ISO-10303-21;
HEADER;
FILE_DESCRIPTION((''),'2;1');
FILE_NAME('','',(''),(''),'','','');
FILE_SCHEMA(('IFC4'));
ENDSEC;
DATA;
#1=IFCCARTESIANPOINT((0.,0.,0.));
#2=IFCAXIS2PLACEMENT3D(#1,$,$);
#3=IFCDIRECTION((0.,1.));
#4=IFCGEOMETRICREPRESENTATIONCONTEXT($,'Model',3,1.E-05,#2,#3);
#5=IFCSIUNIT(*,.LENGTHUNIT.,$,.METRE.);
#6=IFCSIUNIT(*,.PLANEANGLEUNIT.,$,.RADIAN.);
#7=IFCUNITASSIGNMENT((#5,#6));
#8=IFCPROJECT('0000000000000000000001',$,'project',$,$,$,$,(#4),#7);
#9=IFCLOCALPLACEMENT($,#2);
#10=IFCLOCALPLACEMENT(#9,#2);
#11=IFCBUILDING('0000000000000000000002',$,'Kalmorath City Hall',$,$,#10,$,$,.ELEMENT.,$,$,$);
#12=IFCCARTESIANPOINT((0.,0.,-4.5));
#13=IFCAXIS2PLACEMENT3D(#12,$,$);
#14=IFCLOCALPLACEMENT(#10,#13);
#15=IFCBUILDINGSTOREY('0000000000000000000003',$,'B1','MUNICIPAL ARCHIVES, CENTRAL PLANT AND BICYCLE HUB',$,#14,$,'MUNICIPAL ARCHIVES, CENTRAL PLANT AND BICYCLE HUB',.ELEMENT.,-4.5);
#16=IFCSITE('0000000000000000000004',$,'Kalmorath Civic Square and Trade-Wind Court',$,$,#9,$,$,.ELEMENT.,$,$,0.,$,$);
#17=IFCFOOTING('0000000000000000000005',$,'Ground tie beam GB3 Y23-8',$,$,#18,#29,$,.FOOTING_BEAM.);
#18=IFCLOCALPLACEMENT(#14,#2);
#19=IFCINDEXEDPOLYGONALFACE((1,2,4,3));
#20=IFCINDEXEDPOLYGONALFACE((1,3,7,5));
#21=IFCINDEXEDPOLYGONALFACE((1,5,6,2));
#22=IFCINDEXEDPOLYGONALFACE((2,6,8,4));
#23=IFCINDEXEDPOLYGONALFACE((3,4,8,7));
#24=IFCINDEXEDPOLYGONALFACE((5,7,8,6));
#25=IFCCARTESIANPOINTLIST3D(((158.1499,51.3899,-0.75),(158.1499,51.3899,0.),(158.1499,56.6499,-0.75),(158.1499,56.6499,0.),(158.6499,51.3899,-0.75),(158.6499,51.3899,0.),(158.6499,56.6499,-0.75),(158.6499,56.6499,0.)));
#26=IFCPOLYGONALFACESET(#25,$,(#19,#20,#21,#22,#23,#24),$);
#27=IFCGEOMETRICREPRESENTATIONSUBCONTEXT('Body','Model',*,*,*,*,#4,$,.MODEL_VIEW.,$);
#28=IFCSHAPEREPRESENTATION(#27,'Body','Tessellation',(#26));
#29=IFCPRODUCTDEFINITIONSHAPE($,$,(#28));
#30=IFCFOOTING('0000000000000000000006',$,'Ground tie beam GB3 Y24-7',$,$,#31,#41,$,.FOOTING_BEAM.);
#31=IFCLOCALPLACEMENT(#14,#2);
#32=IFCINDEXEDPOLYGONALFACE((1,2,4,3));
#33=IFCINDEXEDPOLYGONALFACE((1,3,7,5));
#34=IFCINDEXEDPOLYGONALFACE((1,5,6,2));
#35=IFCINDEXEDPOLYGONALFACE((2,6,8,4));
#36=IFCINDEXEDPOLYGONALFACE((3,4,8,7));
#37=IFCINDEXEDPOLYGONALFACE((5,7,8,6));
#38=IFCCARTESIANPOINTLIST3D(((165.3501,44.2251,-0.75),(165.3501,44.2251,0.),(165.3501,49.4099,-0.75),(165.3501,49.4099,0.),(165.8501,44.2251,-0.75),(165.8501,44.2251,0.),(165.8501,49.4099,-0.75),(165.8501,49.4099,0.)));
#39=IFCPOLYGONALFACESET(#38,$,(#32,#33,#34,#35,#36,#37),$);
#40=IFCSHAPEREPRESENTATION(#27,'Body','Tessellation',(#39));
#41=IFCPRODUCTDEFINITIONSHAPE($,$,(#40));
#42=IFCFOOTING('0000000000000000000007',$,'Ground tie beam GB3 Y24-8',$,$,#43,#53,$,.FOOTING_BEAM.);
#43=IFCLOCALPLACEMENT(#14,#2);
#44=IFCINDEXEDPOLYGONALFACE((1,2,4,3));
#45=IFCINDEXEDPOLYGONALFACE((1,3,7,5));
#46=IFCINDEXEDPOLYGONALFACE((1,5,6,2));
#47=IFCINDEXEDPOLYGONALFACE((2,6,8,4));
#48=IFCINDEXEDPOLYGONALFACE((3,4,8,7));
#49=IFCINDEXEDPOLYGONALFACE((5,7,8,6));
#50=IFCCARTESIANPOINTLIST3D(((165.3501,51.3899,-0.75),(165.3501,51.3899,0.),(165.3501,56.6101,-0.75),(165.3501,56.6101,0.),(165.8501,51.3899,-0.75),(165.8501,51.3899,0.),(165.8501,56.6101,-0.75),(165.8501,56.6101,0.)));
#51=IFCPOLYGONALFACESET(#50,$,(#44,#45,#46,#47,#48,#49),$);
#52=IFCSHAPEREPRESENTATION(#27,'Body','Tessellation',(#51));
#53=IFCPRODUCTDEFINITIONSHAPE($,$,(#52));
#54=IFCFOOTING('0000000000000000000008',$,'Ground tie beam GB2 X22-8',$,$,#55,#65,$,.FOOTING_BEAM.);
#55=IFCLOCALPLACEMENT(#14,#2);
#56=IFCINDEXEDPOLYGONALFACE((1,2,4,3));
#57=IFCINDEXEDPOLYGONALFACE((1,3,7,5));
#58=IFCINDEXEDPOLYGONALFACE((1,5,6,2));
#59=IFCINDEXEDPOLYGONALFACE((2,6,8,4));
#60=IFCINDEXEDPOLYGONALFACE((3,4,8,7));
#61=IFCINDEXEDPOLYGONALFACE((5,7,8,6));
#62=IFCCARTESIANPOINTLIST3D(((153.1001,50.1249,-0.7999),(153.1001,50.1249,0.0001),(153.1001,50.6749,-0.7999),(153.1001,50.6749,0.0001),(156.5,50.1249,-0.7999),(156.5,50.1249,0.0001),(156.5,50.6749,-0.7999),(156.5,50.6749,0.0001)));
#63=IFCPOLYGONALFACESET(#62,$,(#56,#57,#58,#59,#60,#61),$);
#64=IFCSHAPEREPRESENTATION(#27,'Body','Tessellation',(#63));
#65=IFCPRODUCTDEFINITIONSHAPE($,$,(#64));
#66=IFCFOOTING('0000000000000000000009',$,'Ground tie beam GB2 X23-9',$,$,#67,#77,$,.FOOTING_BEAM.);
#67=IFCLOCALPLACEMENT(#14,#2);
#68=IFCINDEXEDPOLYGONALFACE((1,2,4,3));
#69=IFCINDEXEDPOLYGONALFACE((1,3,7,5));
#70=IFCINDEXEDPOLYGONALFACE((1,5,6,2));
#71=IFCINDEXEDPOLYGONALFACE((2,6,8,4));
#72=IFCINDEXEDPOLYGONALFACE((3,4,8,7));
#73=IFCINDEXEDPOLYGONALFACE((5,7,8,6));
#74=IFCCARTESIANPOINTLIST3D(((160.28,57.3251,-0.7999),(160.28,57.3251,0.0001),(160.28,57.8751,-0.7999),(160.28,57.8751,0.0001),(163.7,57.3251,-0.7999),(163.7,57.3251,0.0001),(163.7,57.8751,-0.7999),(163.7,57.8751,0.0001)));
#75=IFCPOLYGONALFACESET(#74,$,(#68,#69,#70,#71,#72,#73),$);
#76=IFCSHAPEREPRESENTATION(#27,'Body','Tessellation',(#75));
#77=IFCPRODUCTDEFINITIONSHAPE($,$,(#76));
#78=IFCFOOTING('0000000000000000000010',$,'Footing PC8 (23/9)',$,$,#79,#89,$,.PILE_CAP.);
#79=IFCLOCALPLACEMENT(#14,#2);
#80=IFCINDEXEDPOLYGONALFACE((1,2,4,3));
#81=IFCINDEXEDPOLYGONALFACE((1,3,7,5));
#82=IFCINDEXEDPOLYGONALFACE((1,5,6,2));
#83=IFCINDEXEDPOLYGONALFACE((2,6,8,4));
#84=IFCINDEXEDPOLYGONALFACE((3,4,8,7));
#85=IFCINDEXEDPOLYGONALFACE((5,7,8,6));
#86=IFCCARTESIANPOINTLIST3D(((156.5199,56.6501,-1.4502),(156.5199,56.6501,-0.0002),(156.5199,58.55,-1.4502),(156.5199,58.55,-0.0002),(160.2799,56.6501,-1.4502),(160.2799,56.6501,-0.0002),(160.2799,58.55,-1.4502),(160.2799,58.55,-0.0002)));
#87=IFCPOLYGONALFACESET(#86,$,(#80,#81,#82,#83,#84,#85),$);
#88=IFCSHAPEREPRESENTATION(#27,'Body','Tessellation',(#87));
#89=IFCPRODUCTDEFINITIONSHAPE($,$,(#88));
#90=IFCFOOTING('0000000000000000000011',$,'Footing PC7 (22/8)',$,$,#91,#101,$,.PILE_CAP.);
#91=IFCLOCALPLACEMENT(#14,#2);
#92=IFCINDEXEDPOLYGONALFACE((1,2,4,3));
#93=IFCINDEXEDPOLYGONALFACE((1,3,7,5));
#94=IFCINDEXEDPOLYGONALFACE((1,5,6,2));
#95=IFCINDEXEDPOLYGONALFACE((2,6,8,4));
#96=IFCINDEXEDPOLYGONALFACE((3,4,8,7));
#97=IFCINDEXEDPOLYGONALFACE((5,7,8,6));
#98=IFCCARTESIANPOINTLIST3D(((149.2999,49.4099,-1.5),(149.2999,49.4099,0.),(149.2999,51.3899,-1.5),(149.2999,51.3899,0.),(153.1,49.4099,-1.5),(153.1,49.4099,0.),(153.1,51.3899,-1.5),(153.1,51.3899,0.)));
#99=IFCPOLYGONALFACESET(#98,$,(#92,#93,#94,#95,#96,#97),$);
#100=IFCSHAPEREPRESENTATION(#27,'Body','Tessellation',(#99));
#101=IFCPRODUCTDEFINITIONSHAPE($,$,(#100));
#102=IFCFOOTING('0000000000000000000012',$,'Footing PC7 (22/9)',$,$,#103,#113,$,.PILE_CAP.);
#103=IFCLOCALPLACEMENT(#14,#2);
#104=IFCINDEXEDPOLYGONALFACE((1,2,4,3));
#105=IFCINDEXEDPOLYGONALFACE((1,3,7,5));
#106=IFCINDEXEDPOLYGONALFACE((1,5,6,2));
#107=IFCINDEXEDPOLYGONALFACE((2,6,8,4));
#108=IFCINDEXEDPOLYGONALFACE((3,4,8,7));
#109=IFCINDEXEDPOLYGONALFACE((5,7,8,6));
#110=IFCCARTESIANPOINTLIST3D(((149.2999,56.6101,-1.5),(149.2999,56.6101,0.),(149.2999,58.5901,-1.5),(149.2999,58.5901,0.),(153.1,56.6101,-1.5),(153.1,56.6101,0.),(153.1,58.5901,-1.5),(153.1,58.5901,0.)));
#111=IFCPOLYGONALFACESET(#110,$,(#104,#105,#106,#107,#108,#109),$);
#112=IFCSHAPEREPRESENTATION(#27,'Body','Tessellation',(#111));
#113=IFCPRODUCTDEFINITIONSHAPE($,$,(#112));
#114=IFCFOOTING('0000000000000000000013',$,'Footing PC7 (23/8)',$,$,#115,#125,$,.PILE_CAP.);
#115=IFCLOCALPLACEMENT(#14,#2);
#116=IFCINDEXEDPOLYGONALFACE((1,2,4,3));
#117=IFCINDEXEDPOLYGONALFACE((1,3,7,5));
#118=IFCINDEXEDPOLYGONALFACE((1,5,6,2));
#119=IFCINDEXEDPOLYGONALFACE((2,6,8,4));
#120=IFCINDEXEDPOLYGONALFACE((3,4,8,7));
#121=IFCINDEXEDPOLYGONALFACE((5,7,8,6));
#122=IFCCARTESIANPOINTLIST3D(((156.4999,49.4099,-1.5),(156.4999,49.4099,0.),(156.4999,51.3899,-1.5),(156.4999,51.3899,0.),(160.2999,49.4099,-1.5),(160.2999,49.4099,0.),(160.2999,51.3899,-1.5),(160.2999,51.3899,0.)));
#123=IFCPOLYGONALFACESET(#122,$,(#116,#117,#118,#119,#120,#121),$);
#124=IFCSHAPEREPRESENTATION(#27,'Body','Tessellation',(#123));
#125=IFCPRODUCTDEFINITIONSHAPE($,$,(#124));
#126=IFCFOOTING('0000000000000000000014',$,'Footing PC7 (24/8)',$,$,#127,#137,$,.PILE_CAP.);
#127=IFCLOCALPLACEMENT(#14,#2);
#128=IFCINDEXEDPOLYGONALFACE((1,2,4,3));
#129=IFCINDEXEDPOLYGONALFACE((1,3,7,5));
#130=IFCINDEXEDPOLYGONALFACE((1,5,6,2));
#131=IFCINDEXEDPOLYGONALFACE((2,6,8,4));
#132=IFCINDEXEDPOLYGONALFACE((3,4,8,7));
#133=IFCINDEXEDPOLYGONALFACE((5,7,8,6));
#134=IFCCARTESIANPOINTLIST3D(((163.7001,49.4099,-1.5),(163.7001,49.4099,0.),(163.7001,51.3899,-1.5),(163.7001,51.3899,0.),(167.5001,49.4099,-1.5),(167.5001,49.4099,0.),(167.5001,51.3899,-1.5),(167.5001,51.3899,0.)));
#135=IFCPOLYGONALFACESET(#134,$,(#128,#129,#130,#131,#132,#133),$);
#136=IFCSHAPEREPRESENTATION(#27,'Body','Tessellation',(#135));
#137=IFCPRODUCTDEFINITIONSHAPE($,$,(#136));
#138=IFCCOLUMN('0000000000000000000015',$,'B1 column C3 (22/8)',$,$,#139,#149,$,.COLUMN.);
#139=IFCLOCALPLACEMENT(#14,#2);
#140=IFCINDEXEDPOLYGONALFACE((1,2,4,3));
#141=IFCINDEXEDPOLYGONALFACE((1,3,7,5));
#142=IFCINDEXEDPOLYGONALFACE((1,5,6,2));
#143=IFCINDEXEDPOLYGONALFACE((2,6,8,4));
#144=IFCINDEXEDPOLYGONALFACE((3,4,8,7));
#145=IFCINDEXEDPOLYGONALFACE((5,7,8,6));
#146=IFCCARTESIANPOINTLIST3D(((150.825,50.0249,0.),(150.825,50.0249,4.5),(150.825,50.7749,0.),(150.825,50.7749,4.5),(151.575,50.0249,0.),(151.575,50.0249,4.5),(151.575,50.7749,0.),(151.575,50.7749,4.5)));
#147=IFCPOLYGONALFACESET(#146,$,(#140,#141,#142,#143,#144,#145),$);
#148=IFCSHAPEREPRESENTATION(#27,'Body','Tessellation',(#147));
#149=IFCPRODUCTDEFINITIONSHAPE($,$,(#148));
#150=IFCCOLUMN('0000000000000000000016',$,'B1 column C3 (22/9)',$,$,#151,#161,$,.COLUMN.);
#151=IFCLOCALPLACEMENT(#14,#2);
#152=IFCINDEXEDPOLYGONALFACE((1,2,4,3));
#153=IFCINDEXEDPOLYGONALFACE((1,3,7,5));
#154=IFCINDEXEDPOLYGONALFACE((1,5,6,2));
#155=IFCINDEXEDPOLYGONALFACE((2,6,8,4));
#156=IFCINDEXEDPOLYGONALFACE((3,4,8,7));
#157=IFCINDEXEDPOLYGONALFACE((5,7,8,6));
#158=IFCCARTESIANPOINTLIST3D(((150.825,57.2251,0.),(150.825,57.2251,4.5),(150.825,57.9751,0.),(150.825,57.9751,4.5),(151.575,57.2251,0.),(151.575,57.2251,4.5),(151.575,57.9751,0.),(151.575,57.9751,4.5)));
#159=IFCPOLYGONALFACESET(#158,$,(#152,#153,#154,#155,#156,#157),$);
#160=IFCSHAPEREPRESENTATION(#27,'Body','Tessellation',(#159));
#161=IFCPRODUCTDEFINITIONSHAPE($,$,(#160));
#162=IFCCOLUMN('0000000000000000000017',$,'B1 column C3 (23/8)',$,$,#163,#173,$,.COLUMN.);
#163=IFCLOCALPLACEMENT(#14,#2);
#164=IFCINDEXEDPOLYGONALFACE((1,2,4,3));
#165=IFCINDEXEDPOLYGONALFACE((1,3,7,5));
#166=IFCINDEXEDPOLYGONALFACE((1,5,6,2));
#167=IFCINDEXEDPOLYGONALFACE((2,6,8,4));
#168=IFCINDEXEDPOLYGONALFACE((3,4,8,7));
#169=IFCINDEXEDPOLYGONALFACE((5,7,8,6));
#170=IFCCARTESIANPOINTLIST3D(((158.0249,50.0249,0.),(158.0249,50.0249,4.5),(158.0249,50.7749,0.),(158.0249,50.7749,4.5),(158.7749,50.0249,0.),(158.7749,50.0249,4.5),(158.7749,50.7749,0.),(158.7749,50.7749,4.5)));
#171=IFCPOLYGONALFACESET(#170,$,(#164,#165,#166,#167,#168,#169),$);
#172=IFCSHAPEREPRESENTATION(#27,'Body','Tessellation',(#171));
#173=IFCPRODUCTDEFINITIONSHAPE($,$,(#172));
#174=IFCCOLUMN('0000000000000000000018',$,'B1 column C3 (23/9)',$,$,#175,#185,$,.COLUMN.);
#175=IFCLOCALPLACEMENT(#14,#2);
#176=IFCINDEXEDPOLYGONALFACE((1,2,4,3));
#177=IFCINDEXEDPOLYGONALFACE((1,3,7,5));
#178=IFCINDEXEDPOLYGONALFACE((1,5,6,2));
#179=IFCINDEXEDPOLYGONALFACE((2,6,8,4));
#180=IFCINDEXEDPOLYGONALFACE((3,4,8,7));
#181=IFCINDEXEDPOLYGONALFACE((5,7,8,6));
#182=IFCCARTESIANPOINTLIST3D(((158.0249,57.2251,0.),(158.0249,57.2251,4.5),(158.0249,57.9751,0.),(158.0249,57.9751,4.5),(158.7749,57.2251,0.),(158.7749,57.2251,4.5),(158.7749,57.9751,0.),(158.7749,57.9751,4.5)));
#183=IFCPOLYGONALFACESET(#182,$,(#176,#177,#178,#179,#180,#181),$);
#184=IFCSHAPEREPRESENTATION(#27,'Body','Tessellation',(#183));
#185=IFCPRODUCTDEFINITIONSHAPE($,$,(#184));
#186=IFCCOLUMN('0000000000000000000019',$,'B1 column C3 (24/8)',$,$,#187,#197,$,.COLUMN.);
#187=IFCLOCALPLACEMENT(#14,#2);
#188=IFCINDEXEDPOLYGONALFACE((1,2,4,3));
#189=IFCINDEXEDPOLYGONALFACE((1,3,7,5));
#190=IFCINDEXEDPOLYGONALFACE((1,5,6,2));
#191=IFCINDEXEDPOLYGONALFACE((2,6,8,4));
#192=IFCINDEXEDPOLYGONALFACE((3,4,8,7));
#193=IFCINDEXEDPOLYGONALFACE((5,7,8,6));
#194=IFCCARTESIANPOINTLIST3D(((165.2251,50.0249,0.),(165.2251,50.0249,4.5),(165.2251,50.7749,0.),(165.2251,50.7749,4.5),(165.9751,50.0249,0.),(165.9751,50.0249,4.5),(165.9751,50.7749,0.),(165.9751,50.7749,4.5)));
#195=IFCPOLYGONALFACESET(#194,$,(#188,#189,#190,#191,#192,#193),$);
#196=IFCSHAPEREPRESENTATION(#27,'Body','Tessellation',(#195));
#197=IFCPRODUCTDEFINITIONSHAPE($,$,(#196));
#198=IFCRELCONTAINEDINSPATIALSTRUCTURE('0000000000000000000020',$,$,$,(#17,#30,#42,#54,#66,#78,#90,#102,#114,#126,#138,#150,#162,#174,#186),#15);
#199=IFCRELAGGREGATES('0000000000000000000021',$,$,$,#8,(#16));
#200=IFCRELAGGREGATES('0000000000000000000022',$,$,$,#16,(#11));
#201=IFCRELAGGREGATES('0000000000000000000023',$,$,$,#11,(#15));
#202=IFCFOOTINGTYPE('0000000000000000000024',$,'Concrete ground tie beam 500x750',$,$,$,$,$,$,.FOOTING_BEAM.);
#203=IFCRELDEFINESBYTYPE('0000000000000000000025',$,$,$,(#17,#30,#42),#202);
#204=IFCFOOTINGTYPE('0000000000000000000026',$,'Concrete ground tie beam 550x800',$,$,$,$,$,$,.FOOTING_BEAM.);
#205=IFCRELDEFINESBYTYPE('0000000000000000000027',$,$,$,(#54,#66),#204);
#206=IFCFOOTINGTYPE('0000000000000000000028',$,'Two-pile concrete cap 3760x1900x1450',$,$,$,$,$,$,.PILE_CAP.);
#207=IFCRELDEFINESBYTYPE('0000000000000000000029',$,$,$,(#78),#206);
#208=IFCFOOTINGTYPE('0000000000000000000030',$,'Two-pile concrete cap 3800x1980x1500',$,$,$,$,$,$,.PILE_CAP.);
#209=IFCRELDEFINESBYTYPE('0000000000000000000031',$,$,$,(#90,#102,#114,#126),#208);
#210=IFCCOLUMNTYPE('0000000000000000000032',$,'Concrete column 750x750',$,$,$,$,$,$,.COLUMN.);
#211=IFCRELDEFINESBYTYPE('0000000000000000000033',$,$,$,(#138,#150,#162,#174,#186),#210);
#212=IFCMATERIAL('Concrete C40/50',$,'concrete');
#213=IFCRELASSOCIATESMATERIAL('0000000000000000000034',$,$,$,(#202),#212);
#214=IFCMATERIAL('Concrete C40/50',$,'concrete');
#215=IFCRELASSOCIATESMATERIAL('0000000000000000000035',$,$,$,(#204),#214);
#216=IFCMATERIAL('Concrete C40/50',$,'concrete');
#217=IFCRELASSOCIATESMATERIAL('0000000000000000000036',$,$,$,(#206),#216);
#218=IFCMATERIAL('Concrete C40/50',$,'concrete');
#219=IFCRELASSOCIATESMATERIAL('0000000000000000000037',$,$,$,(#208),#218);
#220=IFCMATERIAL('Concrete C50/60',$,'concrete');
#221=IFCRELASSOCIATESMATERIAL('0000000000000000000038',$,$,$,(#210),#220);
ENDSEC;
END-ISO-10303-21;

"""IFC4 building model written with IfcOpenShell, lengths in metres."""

from ifc_helpers import new_model, si_unit, direction, frame, origin, origin_2d, place, context, subcontext, project, spatial, rectangle, extrude, material, material_profile, profile_set, type_object, element, save


model = new_model("IFC4")

# Units and contexts
model_context = context("Model", 3, precision=1e-05, world=origin(), true_north=direction((0.0, 1.0)))
body_context = subcontext(model_context, "Body", "Model", "MODEL_VIEW")
ifc_project = project(units=[si_unit("LENGTHUNIT", "METRE"), si_unit("PLANEANGLEUNIT", "RADIAN")], contexts=[model_context])

# Site, building, storey
site_placement = place(None, origin())
site = spatial("IfcSite", under=ifc_project, at=site_placement, Name="Kalmorath Civic Square and Trade-Wind Court", CompositionType="ELEMENT", RefElevation=0.0)
building_placement = place(site_placement, origin())
building = spatial("IfcBuilding", under=site, at=building_placement, Name="Kalmorath City Hall", CompositionType="ELEMENT")
storey_placement = place(building_placement, frame((0.0, 0.0, -4.5)))
storey = spatial("IfcBuildingStorey", under=building, at=storey_placement, Name="B1", Description="MUNICIPAL ARCHIVES, CENTRAL PLANT AND BICYCLE HUB", LongName="MUNICIPAL ARCHIVES, CENTRAL PLANT AND BICYCLE HUB", CompositionType="ELEMENT", Elevation=-4.5)

# Footings
ifc_material_1 = material(Name="Concrete C40/50", Category="concrete")
ifc_material_profile_1 = material_profile(ifc_material_1, rectangle(XDim=0.5, YDim=0.75, at=origin_2d()), Name="RC-BM-500X750")
ifc_profile_set_1 = profile_set([ifc_material_profile_1], Name="Concrete C40/50")
footing_type_1 = type_object("IfcFootingType", Name="Concrete ground tie beam 500x750", PredefinedType="FOOTING_BEAM", material=ifc_profile_set_1)
footing_1_placement = place(storey_placement, frame((158.3999, 51.3899, -0.375), z_axis=(0.0, 1.0, 0.0), x_axis=(-1.0, 0.0, 0.0)))
element("IfcFooting", 1, at=footing_1_placement, inside=storey, type_object=footing_type_1, Name="Ground tie beam GB3 Y23-8", PredefinedType="FOOTING_BEAM", context=body_context, shape_type="SweptSolid", body=[
    extrude(rectangle(XDim=0.5, YDim=0.75, at=origin_2d()), origin(), (0.0, 0.0, 1.0), 5.26),
])
footing_2_placement = place(storey_placement, frame((165.6001, 44.2251, -0.375), z_axis=(0.0, 1.0, 0.0), x_axis=(-1.0, 0.0, 0.0)))
element("IfcFooting", 2, at=footing_2_placement, inside=storey, type_object=footing_type_1, Name="Ground tie beam GB3 Y24-7", PredefinedType="FOOTING_BEAM", context=body_context, shape_type="SweptSolid", body=[
    extrude(rectangle(XDim=0.5, YDim=0.75, at=origin_2d()), origin(), (0.0, 0.0, 1.0), 5.1848),
])
footing_3_placement = place(storey_placement, frame((165.6001, 51.3899, -0.375), z_axis=(0.0, 1.0, 0.0), x_axis=(-1.0, 0.0, 0.0)))
element("IfcFooting", 3, at=footing_3_placement, inside=storey, type_object=footing_type_1, Name="Ground tie beam GB3 Y24-8", PredefinedType="FOOTING_BEAM", context=body_context, shape_type="SweptSolid", body=[
    extrude(rectangle(XDim=0.5, YDim=0.75, at=origin_2d()), origin(), (0.0, 0.0, 1.0), 5.2202),
])
ifc_material_2 = material(Name="Concrete C40/50", Category="concrete")
ifc_material_profile_2 = material_profile(ifc_material_2, rectangle(XDim=0.55, YDim=0.8, at=origin_2d()), Name="RC-BM-550X800")
ifc_profile_set_2 = profile_set([ifc_material_profile_2], Name="Concrete C40/50")
footing_type_2 = type_object("IfcFootingType", Name="Concrete ground tie beam 550x800", PredefinedType="FOOTING_BEAM", material=ifc_profile_set_2)
footing_4_placement = place(storey_placement, frame((153.1001, 50.3999, -0.3999), z_axis=(1.0, 0.0, 0.0), x_axis=(0.0, 1.0, 0.0)))
element("IfcFooting", 4, at=footing_4_placement, inside=storey, type_object=footing_type_2, Name="Ground tie beam GB2 X22-8", PredefinedType="FOOTING_BEAM", context=body_context, shape_type="SweptSolid", body=[
    extrude(rectangle(XDim=0.55, YDim=0.8, at=origin_2d()), origin(), (0.0, 0.0, 1.0), 3.3999),
])
footing_5_placement = place(storey_placement, frame((160.28, 57.6001, -0.3999), z_axis=(1.0, 0.0, 0.0), x_axis=(0.0, 1.0, 0.0)))
element("IfcFooting", 5, at=footing_5_placement, inside=storey, type_object=footing_type_2, Name="Ground tie beam GB2 X23-9", PredefinedType="FOOTING_BEAM", context=body_context, shape_type="SweptSolid", body=[
    extrude(rectangle(XDim=0.55, YDim=0.8, at=origin_2d()), origin(), (0.0, 0.0, 1.0), 3.4199),
])
ifc_material_3 = material(Name="Concrete C40/50", Category="concrete")
footing_type_3 = type_object("IfcFootingType", Name="Two-pile concrete cap 3760x1900x1450", PredefinedType="PILE_CAP", material=ifc_material_3)
footing_6_placement = place(storey_placement, frame((158.3999, 57.6001, -1.4502), z_axis=(0.0, 0.0, 1.0), x_axis=(1.0, 0.0, 0.0)))
element("IfcFooting", 6, at=footing_6_placement, inside=storey, type_object=footing_type_3, Name="Footing PC8 (23/9)", PredefinedType="PILE_CAP", context=body_context, shape_type="SweptSolid", body=[
    extrude(rectangle(XDim=3.76, YDim=1.8999, at=origin_2d()), origin(), (0.0, 0.0, 1.0), 1.45),
])
ifc_material_4 = material(Name="Concrete C40/50", Category="concrete")
footing_type_4 = type_object("IfcFootingType", Name="Two-pile concrete cap 3800x1980x1500", PredefinedType="PILE_CAP", material=ifc_material_4)
for number, where, z_axis, x_axis, name in (
    (7, (151.2, 50.3999, -1.5), (0.0, 0.0, 1.0), (1.0, 0.0, 0.0), "Footing PC7 (22/8)"),
    (8, (151.2, 57.6001, -1.5), (0.0, 0.0, 1.0), (1.0, 0.0, 0.0), "Footing PC7 (22/9)"),
    (9, (158.3999, 50.3999, -1.5), (0.0, 0.0, 1.0), (1.0, 0.0, 0.0), "Footing PC7 (23/8)"),
    (10, (165.6001, 50.3999, -1.5), (0.0, 0.0, 1.0), (1.0, 0.0, 0.0), "Footing PC7 (24/8)"),
):
    element("IfcFooting", number, at=place(storey_placement, frame(where, z_axis=z_axis, x_axis=x_axis)), inside=storey, type_object=footing_type_4, Name=name, PredefinedType="PILE_CAP", context=body_context, shape_type="SweptSolid", body=[
        extrude(rectangle(XDim=3.8, YDim=1.98, at=origin_2d()), origin(), (0.0, 0.0, 1.0), 1.5),
    ])

# Columns
ifc_material_5 = material(Name="Concrete C50/60", Category="concrete")
ifc_material_profile_3 = material_profile(ifc_material_5, rectangle(XDim=0.75, YDim=0.75, at=origin_2d()), Name="RC-COL-750X750")
ifc_profile_set_3 = profile_set([ifc_material_profile_3], Name="Concrete C50/60")
column_type = type_object("IfcColumnType", Name="Concrete column 750x750", PredefinedType="COLUMN", material=ifc_profile_set_3)
for number, where, z_axis, x_axis, name in (
    (11, (151.2, 50.3999, 0.0), (0.0, 0.0, 1.0), (1.0, 0.0, 0.0), "B1 column C3 (22/8)"),
    (12, (151.2, 57.6001, 0.0), (0.0, 0.0, 1.0), (1.0, 0.0, 0.0), "B1 column C3 (22/9)"),
    (13, (158.3999, 50.3999, 0.0), (0.0, 0.0, 1.0), (1.0, 0.0, 0.0), "B1 column C3 (23/8)"),
    (14, (158.3999, 57.6001, 0.0), (0.0, 0.0, 1.0), (1.0, 0.0, 0.0), "B1 column C3 (23/9)"),
    (15, (165.6001, 50.3999, 0.0), (0.0, 0.0, 1.0), (1.0, 0.0, 0.0), "B1 column C3 (24/8)"),
):
    element("IfcColumn", number, at=place(storey_placement, frame(where, z_axis=z_axis, x_axis=x_axis)), inside=storey, type_object=column_type, Name=name, PredefinedType="COLUMN", context=body_context, shape_type="SweptSolid", body=[
        extrude(rectangle(XDim=0.75, YDim=0.75, at=origin_2d()), origin(), (0.0, 0.0, 1.0), 4.5),
    ])

save(model, "model.ifc")
